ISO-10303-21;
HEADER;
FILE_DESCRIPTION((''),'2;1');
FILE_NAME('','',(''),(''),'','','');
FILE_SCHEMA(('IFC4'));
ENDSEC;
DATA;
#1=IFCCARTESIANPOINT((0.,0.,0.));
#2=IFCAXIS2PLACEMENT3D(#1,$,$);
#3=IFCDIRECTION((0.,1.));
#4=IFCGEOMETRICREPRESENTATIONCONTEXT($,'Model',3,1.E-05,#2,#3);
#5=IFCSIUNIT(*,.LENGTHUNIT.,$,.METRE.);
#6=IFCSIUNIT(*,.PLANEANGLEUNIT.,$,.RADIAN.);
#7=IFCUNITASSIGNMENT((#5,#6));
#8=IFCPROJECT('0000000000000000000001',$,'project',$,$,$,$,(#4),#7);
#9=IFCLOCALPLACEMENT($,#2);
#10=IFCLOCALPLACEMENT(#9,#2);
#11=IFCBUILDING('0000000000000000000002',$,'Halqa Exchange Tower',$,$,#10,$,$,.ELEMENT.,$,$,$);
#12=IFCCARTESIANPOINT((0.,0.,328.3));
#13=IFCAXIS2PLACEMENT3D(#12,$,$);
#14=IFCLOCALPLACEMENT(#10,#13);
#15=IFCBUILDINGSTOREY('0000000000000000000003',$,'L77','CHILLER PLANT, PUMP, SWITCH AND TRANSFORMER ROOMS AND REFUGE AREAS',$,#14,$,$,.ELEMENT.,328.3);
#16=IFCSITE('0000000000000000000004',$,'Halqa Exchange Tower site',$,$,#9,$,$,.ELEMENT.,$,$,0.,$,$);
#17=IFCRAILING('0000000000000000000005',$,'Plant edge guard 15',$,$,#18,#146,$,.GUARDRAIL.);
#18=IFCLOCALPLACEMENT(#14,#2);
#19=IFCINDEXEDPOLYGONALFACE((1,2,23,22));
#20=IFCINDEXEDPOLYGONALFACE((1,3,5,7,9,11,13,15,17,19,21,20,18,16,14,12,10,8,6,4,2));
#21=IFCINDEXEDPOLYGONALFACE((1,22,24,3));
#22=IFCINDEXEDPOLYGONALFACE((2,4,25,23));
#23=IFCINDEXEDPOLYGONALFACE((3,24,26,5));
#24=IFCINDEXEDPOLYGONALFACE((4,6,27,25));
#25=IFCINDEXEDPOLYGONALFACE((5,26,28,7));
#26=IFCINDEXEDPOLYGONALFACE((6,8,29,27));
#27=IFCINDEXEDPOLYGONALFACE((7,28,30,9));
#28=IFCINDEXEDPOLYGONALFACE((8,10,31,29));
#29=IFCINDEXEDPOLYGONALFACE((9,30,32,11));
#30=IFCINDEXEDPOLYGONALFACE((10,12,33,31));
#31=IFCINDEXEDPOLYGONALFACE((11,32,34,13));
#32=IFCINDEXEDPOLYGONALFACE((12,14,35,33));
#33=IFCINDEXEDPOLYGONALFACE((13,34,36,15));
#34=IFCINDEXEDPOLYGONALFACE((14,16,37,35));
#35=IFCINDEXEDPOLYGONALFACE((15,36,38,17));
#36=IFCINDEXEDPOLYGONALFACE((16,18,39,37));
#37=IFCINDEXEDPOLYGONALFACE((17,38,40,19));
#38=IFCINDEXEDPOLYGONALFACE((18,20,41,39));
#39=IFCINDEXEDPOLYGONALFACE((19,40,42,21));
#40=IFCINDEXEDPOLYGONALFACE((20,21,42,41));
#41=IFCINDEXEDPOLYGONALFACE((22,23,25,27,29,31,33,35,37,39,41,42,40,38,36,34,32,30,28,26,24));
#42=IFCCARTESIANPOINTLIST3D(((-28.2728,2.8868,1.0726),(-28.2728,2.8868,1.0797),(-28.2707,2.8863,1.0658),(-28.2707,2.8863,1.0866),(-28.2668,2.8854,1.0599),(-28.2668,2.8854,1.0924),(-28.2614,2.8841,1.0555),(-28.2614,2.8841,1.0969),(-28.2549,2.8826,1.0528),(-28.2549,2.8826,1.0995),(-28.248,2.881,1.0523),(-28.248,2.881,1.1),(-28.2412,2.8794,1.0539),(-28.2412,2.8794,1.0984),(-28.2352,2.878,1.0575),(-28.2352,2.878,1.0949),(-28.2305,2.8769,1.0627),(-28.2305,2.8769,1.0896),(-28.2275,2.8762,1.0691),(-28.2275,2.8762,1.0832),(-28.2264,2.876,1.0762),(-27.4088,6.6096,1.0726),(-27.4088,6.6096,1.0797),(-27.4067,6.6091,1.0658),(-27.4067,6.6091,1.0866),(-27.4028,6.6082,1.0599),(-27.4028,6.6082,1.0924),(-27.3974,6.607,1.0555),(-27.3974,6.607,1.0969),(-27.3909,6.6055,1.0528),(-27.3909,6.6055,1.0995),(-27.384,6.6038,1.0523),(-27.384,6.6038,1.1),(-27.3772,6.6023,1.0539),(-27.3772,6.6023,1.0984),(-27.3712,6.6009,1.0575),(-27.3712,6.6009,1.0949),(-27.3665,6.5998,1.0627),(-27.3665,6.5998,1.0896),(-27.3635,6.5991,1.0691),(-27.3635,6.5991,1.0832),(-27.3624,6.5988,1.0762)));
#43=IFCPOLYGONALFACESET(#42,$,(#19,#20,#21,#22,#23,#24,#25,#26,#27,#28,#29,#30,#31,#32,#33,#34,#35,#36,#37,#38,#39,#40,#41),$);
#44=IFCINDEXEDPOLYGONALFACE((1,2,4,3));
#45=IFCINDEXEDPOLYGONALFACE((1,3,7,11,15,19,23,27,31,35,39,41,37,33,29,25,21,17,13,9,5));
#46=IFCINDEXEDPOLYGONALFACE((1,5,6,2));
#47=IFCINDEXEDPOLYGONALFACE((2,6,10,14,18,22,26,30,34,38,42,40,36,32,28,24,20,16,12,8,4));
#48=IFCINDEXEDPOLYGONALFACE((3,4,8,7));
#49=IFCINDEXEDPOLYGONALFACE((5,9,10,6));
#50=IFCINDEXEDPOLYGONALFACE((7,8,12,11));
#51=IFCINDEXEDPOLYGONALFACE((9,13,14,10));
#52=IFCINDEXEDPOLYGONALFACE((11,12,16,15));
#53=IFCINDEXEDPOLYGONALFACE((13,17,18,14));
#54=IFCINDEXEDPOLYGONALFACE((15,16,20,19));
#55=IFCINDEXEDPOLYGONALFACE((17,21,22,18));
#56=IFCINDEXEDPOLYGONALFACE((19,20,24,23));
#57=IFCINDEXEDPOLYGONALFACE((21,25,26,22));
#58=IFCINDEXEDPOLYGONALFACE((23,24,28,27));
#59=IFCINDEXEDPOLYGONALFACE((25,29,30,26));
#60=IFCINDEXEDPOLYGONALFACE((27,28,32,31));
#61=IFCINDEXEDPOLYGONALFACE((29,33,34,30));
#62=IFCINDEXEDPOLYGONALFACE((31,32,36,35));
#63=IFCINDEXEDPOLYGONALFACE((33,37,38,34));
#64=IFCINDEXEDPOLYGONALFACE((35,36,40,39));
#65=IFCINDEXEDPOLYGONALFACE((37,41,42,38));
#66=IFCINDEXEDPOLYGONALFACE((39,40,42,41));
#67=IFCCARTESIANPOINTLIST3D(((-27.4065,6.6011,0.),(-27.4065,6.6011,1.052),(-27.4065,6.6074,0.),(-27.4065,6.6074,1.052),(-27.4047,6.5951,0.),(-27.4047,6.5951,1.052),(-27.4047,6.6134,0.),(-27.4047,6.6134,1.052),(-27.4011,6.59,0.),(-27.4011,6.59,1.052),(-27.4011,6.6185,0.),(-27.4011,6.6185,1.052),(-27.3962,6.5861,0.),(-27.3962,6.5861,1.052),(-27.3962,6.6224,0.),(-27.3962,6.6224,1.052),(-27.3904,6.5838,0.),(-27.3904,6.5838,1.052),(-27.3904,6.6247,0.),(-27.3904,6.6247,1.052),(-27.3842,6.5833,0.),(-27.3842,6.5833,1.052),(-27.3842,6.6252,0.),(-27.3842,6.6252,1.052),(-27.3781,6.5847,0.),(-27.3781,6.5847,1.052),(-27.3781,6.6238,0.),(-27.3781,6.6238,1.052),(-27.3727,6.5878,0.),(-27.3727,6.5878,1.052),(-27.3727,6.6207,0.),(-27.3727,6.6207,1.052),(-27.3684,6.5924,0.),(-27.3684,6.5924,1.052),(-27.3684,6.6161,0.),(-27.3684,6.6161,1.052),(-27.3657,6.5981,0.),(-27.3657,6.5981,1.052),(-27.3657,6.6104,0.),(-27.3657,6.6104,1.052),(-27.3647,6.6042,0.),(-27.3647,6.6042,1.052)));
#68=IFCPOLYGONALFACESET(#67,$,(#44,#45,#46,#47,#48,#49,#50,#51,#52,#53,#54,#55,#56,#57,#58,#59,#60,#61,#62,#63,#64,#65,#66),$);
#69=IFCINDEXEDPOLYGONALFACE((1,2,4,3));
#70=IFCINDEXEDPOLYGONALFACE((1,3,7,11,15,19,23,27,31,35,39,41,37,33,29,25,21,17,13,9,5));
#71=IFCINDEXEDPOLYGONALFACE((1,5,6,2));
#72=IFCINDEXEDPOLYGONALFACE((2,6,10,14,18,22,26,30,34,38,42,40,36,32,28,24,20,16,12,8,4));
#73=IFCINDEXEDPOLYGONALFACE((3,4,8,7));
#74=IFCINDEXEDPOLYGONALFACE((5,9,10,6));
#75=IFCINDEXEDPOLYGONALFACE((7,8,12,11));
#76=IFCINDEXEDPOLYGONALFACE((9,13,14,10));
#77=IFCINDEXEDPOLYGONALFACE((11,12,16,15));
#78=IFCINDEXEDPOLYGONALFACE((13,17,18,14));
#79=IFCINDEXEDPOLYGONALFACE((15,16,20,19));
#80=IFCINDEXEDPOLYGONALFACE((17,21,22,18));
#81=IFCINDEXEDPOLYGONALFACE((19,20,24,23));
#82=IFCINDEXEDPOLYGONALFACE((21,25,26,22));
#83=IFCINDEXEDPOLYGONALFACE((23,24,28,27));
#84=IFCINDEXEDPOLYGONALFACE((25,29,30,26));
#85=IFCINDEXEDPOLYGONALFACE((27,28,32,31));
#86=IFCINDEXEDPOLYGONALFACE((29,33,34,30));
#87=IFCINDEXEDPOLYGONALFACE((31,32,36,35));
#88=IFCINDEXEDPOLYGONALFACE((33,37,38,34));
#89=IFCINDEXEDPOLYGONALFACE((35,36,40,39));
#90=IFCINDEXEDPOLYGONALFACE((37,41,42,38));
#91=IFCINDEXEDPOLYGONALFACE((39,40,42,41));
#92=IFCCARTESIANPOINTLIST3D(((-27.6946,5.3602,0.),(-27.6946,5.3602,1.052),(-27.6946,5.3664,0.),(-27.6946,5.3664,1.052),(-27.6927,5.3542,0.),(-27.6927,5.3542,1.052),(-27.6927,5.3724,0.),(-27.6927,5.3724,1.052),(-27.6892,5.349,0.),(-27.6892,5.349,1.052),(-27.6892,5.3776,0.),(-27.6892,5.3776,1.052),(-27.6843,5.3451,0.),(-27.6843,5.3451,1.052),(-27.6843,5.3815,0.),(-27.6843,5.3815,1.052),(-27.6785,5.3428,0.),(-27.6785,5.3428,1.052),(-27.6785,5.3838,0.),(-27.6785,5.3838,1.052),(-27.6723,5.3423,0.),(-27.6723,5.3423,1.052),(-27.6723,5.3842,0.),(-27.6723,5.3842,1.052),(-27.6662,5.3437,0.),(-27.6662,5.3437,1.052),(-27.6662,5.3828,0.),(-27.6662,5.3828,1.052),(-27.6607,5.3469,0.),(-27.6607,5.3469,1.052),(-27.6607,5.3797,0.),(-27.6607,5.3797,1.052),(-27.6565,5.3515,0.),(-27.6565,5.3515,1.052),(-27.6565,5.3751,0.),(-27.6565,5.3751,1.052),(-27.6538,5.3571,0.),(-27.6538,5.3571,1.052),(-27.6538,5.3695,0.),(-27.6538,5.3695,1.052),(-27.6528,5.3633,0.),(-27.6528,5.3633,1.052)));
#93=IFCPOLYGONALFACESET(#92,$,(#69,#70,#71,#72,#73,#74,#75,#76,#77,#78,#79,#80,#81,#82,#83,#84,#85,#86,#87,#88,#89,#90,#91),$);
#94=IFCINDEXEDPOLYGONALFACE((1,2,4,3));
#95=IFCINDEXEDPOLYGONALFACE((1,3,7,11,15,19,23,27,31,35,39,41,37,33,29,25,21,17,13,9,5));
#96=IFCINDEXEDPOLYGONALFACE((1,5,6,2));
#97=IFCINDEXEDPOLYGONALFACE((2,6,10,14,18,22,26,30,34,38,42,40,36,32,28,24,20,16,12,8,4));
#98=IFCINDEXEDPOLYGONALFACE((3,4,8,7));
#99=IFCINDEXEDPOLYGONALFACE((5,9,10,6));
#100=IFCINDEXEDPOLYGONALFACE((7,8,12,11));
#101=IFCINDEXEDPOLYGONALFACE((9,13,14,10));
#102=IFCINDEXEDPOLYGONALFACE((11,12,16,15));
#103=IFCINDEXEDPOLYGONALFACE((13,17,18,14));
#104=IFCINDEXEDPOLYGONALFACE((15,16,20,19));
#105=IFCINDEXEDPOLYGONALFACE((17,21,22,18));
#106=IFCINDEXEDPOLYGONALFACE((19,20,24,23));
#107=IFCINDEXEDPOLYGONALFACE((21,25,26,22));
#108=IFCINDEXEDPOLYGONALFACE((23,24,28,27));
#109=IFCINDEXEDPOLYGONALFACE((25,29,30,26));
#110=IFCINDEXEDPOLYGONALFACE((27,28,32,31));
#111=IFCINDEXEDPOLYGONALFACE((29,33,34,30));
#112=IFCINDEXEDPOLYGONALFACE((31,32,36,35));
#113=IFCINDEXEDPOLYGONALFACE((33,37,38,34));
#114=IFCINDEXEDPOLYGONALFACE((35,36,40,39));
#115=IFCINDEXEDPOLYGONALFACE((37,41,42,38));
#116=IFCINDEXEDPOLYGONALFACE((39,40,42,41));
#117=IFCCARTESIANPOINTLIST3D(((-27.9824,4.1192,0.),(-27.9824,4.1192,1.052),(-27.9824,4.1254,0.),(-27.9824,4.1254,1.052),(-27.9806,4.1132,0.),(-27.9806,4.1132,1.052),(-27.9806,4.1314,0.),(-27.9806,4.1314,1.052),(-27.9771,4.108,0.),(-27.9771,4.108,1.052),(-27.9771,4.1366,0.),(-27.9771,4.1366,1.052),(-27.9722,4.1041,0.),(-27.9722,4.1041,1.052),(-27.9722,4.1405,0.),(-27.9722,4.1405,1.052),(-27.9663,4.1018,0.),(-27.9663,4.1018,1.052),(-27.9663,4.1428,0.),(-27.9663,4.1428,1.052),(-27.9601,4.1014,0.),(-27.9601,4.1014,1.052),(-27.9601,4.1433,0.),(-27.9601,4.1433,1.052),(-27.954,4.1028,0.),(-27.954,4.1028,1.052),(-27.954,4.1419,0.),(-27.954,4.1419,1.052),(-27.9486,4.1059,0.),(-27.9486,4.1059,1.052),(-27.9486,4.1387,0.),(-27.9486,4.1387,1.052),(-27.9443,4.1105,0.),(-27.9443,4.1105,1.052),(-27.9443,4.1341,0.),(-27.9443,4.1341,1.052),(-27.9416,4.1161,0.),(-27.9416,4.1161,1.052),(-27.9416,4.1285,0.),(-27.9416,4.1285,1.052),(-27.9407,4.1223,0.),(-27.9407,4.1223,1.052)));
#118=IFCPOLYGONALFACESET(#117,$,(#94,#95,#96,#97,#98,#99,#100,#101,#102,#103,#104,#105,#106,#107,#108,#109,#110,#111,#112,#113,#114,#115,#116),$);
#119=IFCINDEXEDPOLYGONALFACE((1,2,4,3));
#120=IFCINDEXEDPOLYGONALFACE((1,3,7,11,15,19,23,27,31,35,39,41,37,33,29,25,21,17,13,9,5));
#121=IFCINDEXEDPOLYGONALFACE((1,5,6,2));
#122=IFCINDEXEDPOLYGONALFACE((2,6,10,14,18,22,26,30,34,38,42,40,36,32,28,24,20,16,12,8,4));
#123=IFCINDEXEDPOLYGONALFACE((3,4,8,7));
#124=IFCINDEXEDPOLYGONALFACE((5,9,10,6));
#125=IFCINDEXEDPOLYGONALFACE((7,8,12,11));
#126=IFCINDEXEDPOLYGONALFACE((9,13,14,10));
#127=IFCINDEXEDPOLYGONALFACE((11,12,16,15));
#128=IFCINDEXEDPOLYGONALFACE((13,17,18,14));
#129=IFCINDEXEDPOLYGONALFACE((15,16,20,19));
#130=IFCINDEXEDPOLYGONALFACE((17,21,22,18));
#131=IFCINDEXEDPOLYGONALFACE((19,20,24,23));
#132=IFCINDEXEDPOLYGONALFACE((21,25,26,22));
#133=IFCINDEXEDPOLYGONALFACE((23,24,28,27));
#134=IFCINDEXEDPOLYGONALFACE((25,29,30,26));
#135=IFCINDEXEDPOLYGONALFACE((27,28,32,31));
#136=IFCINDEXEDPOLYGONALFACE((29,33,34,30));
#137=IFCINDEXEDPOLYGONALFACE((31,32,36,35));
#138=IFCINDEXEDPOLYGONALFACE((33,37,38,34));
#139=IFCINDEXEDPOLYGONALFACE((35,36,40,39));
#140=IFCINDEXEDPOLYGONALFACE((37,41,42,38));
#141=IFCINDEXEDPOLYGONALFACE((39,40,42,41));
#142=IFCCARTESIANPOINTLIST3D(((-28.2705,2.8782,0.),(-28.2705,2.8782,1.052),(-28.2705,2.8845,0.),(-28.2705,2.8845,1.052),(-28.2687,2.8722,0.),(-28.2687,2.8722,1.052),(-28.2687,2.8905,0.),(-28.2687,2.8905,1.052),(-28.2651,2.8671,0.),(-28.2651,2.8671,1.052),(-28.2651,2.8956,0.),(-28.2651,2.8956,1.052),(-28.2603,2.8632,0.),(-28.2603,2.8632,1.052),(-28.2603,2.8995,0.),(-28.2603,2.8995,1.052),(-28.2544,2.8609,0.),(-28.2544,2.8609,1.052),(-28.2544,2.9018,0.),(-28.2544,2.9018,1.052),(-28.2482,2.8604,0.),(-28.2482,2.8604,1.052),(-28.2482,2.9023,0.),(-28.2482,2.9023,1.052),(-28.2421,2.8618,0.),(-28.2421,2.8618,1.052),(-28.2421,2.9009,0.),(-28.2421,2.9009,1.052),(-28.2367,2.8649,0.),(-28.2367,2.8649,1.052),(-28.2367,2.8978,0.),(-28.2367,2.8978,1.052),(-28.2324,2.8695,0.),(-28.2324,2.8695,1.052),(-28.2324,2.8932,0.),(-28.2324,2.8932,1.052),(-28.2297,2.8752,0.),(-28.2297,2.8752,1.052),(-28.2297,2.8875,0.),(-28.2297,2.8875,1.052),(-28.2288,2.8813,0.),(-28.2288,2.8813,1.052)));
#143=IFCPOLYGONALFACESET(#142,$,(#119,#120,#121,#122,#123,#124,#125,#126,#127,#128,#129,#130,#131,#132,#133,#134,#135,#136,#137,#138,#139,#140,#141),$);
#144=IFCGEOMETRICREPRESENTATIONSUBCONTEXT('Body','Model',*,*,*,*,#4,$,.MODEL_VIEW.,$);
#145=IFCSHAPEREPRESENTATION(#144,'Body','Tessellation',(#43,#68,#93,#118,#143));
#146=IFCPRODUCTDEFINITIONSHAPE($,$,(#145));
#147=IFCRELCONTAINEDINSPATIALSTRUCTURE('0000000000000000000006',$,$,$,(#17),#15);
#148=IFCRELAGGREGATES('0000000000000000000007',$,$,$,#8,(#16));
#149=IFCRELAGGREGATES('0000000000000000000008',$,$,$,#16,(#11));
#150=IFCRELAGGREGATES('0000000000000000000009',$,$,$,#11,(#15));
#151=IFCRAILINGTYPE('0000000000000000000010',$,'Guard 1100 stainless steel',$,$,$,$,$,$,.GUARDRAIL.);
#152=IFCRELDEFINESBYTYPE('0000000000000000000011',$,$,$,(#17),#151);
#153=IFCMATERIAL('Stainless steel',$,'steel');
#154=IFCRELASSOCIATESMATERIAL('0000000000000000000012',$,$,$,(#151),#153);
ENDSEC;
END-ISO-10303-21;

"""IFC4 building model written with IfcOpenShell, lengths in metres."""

from ifc_helpers import new_model, si_unit, direction, frame, origin, origin_2d, place, context, subcontext, project, spatial, circle, extrude, material, type_object, element, save


model = new_model("IFC4")

# Units and contexts
model_context = context("Model", 3, precision=1e-05, world=origin(), true_north=direction((0.0, 1.0)))
body_context = subcontext(model_context, "Body", "Model", "MODEL_VIEW")
ifc_project = project(units=[si_unit("LENGTHUNIT", "METRE"), si_unit("PLANEANGLEUNIT", "RADIAN")], contexts=[model_context])

# Site, building, storey
site_placement = place(None, origin())
site = spatial("IfcSite", under=ifc_project, at=site_placement, Name="Halqa Exchange Tower site", CompositionType="ELEMENT", RefElevation=0.0)
building_placement = place(site_placement, origin())
building = spatial("IfcBuilding", under=site, at=building_placement, Name="Halqa Exchange Tower", CompositionType="ELEMENT")
storey_placement = place(building_placement, frame((0.0, 0.0, 328.3)))
storey = spatial("IfcBuildingStorey", under=building, at=storey_placement, Name="L77", Description="CHILLER PLANT, PUMP, SWITCH AND TRANSFORMER ROOMS AND REFUGE AREAS", CompositionType="ELEMENT", Elevation=328.3)

# Railing
ifc_material_1 = material(Name="Stainless steel", Category="steel")
railing_type = type_object("IfcRailingType", Name="Guard 1100 stainless steel", PredefinedType="GUARDRAIL", material=ifc_material_1)
railing_1_placement = place(storey_placement, frame((-27.3857, 6.6042, 0.0)))
element("IfcRailing", 1, at=railing_1_placement, inside=storey, type_object=railing_type, Name="Plant edge guard 15", PredefinedType="GUARDRAIL", context=body_context, shape_type="SweptSolid", body=[
    extrude(circle(Radius=0.0239, at=origin_2d()), frame((0.0, 0.0, 1.0762), z_axis=(-0.226072, -0.974111, 0.0), x_axis=(0.974111, -0.226072, 0.0)), (0.0, 0.0, 1.0), 3.8218),
    extrude(circle(Radius=0.021, at=origin_2d()), origin(), (0.0, 0.0, 1.0), 1.052),
    extrude(circle(Radius=0.021, at=origin_2d()), frame((-0.2881, -1.241, 0.0)), (0.0, 0.0, 1.0), 1.052),
    extrude(circle(Radius=0.021, at=origin_2d()), frame((-0.5759, -2.4819, 0.0)), (0.0, 0.0, 1.0), 1.052),
    extrude(circle(Radius=0.021, at=origin_2d()), frame((-0.864, -3.7229, 0.0)), (0.0, 0.0, 1.0), 1.052),
])

save(model, "model.ifc")
